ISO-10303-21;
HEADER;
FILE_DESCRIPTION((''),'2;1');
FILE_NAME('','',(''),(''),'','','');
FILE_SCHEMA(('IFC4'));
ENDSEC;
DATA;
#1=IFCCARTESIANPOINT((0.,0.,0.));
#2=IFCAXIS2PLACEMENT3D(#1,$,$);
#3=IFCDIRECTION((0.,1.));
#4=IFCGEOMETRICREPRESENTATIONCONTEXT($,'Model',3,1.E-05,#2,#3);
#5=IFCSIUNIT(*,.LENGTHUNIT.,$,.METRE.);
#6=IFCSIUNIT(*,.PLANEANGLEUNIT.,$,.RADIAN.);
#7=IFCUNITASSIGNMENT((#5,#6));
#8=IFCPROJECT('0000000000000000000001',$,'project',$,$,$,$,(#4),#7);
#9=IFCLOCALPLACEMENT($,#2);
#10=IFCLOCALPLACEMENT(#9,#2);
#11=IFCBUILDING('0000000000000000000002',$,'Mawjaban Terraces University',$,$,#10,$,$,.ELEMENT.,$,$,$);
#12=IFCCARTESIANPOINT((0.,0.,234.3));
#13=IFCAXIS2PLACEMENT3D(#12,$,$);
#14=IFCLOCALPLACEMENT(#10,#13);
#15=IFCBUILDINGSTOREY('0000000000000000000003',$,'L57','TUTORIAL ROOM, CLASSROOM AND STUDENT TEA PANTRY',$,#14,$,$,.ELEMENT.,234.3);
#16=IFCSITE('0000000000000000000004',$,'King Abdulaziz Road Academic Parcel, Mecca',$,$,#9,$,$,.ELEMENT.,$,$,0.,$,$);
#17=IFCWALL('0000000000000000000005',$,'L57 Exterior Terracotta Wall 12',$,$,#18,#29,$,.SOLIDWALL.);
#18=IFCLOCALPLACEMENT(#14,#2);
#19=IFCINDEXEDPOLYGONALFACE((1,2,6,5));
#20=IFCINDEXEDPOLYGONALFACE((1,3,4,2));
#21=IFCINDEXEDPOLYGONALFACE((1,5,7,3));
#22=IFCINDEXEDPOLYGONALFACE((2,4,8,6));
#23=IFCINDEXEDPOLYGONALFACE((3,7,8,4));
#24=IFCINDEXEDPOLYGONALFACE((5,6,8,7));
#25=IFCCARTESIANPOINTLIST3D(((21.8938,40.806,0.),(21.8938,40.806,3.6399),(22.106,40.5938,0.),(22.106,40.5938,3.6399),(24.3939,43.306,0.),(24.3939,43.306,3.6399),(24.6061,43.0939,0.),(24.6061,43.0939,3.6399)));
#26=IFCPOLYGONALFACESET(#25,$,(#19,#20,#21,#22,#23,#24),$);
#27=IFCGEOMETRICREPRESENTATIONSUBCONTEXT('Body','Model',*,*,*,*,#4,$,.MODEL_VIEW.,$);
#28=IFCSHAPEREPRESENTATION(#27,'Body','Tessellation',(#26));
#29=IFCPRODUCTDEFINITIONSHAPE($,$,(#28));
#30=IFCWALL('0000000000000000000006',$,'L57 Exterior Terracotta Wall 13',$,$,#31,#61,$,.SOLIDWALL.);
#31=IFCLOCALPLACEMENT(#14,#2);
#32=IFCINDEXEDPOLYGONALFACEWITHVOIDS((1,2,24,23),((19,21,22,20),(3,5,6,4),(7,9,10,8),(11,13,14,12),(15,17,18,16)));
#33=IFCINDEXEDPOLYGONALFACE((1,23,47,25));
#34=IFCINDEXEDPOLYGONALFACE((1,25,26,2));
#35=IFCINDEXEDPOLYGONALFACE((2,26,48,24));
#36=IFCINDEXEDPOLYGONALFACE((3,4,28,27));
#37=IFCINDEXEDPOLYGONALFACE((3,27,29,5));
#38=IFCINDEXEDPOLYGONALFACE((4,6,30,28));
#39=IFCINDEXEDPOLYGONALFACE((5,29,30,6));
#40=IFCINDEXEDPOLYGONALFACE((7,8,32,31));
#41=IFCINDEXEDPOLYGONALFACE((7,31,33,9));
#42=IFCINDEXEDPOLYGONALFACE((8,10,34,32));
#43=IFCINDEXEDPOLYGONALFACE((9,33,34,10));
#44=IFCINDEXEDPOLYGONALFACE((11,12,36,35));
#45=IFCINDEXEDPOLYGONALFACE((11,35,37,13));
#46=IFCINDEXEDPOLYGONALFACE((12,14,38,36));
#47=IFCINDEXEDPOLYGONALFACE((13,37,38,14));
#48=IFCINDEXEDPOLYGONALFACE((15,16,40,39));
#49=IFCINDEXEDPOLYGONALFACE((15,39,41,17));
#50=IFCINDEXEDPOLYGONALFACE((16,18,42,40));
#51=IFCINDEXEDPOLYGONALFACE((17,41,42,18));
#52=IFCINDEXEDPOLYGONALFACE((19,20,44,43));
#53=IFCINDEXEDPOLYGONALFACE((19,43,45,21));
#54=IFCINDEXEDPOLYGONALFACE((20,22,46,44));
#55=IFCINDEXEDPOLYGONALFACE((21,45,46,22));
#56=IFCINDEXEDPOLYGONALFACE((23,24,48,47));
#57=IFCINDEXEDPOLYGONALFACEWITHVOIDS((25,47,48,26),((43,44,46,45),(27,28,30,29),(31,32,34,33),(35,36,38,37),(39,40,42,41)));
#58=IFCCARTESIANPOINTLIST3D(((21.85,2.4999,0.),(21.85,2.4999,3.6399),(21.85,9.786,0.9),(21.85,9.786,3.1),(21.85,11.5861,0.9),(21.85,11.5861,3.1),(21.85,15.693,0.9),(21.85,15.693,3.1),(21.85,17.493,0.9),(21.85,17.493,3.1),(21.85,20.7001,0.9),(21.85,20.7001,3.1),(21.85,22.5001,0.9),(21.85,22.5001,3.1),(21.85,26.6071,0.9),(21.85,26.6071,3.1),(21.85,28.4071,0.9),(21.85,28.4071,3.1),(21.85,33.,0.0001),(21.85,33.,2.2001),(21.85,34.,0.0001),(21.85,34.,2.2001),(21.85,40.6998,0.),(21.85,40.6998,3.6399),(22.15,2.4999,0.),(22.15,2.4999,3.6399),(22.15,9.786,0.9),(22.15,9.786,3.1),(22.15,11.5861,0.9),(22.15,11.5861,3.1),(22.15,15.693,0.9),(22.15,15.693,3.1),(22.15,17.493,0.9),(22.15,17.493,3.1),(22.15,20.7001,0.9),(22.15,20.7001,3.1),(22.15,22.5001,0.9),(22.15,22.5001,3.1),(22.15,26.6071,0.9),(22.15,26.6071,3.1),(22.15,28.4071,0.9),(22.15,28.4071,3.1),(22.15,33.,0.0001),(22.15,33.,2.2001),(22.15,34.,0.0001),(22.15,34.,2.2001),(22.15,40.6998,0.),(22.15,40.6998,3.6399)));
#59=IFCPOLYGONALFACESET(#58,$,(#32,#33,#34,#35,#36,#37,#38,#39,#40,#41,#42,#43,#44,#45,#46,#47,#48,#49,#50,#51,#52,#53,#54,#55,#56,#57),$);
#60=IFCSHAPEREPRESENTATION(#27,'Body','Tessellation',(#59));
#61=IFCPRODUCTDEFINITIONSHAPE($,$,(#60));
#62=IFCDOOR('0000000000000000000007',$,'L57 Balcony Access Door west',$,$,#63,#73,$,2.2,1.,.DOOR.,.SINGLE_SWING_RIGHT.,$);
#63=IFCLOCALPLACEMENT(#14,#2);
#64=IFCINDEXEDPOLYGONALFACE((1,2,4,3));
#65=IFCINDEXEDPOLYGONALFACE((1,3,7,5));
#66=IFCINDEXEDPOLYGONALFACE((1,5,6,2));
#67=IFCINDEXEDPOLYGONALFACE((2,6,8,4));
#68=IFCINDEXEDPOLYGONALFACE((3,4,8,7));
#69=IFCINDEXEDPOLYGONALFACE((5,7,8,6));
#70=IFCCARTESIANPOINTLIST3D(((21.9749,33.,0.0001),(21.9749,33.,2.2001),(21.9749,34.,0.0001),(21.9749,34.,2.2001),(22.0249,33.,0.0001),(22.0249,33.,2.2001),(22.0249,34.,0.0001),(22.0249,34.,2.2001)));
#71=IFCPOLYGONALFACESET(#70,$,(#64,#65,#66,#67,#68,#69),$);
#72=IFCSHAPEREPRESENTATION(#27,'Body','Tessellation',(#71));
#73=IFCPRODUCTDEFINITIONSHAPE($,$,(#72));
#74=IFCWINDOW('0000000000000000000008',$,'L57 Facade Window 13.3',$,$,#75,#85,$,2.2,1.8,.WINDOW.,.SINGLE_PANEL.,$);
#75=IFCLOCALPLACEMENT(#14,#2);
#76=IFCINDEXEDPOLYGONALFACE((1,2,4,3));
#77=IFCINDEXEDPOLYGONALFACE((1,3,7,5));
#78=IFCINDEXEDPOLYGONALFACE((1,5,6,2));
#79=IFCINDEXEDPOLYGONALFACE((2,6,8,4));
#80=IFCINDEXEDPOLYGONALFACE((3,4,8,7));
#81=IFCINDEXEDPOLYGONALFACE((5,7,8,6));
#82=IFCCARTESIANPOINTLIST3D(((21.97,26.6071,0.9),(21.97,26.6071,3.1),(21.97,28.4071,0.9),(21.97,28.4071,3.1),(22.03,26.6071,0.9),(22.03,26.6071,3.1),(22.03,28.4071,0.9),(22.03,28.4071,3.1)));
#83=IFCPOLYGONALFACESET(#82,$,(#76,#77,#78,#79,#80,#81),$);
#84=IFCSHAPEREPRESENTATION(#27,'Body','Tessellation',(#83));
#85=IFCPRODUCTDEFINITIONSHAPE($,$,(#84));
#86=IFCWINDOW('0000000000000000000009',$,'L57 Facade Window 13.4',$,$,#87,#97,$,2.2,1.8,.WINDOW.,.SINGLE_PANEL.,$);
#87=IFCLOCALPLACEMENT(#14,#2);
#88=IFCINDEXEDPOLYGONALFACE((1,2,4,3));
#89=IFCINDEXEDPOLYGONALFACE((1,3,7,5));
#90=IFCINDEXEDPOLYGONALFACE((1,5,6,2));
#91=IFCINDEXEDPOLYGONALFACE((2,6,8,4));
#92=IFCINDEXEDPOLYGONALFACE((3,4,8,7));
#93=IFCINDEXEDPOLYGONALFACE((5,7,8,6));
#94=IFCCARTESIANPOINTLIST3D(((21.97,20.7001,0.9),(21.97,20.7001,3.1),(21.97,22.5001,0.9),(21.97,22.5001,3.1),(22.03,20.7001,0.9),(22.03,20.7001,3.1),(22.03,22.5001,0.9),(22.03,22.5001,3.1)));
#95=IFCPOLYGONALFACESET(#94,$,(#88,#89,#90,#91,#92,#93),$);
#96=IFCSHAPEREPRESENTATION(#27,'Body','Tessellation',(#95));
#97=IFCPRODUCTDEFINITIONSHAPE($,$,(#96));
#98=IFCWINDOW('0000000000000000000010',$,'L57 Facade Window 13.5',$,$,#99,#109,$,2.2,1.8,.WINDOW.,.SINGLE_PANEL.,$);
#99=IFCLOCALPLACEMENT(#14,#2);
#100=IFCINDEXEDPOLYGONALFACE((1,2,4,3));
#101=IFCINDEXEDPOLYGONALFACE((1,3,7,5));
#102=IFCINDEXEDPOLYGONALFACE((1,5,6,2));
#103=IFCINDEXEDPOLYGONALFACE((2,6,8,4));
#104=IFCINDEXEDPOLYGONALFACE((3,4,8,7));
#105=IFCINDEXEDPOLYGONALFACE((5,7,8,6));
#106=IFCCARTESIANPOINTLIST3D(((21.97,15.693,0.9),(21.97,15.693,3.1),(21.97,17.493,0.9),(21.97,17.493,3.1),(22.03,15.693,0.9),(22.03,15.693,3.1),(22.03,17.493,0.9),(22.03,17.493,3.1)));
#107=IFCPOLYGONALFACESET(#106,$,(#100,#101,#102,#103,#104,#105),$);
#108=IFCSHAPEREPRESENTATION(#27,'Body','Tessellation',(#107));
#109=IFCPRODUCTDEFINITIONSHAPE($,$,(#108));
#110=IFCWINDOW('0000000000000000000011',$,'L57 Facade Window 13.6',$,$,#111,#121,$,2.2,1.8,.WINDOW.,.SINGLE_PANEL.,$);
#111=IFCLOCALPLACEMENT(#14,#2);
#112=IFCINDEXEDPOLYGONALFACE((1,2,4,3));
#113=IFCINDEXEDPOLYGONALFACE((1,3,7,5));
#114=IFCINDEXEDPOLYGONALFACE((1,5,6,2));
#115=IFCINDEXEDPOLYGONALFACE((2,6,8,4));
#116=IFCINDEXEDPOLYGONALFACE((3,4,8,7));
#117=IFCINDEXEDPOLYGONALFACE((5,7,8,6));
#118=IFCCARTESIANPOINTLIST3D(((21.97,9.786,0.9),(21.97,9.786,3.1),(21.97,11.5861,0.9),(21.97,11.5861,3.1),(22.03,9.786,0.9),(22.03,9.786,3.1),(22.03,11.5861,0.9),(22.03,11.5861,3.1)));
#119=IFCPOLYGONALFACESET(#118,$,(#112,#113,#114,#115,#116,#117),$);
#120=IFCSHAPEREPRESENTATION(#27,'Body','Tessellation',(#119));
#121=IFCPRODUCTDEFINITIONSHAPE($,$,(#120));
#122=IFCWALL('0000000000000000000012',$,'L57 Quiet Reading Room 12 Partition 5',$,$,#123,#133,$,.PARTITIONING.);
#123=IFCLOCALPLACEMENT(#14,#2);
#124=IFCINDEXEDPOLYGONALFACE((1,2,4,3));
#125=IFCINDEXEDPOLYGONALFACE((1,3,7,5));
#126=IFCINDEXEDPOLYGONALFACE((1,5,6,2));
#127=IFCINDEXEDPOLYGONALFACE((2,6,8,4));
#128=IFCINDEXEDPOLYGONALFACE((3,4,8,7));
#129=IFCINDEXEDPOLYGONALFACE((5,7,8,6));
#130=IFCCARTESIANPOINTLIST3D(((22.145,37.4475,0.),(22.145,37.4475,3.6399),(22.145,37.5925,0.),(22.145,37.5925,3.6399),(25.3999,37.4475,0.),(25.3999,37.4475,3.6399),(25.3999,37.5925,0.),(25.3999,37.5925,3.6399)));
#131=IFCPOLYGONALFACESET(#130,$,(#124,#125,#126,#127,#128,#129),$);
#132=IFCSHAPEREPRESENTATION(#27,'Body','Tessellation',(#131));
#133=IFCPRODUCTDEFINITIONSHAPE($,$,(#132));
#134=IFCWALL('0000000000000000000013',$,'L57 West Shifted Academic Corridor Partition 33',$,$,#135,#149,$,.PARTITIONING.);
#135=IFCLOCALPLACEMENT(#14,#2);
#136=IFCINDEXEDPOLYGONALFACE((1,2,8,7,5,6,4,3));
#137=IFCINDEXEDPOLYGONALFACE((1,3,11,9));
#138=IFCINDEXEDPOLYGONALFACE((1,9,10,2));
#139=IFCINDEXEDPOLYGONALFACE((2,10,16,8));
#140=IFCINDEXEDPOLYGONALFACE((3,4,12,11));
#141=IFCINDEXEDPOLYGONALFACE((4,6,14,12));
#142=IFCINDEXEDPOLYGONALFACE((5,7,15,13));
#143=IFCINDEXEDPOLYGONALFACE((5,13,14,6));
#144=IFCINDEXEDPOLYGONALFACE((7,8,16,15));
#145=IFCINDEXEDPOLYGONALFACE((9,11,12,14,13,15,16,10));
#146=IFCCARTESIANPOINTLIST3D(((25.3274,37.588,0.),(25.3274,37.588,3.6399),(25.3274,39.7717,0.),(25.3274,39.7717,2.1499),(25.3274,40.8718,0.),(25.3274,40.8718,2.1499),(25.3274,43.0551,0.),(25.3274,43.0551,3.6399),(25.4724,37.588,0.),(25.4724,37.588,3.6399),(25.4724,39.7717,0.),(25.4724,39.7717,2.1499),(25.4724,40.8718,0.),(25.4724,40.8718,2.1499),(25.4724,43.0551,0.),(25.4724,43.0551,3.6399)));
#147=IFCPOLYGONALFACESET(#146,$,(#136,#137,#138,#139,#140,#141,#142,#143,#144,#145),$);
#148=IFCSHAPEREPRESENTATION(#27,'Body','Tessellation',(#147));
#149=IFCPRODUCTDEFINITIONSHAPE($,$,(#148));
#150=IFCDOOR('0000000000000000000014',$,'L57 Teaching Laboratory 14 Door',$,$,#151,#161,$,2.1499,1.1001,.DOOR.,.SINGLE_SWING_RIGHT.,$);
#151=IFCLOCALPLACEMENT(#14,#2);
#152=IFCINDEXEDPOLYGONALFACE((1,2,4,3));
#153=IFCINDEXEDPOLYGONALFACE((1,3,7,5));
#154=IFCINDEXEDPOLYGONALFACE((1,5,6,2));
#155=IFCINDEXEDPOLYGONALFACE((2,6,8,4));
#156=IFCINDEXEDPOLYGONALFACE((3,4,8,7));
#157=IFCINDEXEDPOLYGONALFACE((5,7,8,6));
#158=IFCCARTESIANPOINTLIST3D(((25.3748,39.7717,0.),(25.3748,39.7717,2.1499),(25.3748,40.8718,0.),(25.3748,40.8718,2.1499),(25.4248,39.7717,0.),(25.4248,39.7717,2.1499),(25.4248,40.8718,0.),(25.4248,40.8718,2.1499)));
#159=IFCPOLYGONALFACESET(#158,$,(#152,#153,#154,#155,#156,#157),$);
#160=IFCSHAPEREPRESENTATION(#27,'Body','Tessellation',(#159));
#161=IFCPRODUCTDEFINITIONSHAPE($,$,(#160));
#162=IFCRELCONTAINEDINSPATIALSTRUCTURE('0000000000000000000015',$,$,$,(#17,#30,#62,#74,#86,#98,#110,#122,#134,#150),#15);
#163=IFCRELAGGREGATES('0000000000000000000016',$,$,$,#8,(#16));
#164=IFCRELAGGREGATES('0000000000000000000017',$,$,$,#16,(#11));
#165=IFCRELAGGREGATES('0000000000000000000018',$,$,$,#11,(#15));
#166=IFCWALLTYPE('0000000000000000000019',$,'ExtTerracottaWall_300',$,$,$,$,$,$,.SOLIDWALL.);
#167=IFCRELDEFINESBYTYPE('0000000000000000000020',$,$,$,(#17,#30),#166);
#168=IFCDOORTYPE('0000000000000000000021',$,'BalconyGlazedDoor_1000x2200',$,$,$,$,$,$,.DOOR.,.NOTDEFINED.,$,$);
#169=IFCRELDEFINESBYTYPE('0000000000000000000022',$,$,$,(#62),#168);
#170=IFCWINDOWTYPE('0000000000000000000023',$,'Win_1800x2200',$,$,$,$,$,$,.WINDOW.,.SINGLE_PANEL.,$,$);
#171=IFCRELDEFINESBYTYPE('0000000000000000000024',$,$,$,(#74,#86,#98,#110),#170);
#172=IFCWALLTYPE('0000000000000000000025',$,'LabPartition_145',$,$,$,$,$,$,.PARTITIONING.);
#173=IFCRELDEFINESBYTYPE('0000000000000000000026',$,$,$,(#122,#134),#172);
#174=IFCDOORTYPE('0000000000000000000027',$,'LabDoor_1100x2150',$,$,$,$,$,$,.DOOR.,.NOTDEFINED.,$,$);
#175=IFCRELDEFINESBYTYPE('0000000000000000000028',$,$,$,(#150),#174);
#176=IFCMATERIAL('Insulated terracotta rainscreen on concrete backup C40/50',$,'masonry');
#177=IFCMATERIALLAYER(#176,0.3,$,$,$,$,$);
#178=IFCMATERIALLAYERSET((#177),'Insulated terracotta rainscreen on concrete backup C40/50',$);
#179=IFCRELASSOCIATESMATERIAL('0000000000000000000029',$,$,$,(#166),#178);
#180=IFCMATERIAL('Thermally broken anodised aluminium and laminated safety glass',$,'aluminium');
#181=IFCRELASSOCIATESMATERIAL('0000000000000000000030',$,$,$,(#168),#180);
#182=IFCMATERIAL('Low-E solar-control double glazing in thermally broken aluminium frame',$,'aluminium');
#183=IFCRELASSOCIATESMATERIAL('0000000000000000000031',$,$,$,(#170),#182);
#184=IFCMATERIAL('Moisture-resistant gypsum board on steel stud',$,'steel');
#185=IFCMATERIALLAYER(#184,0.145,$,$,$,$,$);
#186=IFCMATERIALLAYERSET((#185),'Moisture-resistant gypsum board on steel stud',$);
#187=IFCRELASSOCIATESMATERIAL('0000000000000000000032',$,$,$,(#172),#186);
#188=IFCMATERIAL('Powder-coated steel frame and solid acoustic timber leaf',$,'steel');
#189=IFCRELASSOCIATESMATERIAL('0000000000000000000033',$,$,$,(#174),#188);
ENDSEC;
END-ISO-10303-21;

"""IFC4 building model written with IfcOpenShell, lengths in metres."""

from ifc_helpers import new_model, si_unit, direction, frame, frame_2d, origin, place, context, subcontext, project, spatial, rectangle, extrude, material, layer, layer_set, type_object, element, fill, save


model = new_model("IFC4")

# Units and contexts
model_context = context("Model", 3, precision=1e-05, world=origin(), true_north=direction((0.0, 1.0)))
body_context = subcontext(model_context, "Body", "Model", "MODEL_VIEW")
ifc_project = project(units=[si_unit("LENGTHUNIT", "METRE"), si_unit("PLANEANGLEUNIT", "RADIAN")], contexts=[model_context])

# Site, building, storey
site_placement = place(None, origin())
site = spatial("IfcSite", under=ifc_project, at=site_placement, Name="King Abdulaziz Road Academic Parcel, Mecca", CompositionType="ELEMENT", RefElevation=0.0)
building_placement = place(site_placement, origin())
building = spatial("IfcBuilding", under=site, at=building_placement, Name="Mawjaban Terraces University", CompositionType="ELEMENT")
storey_placement = place(building_placement, frame((0.0, 0.0, 234.3)))
storey = spatial("IfcBuildingStorey", under=building, at=storey_placement, Name="L57", Description="TUTORIAL ROOM, CLASSROOM AND STUDENT TEA PANTRY", CompositionType="ELEMENT", Elevation=234.3)

# Shared definitions
ifc_material_1 = material(Name="Powder-coated steel frame and solid acoustic timber leaf", Category="steel")

# Wall
ifc_material_2 = material(Name="Insulated terracotta rainscreen on concrete backup C40/50", Category="masonry")
ifc_layer_1 = layer(ifc_material_2, 0.3)
ifc_layer_set_1 = layer_set([ifc_layer_1], Name="Insulated terracotta rainscreen on concrete backup C40/50")
wall_type_1 = type_object("IfcWallType", Name="ExtTerracottaWall_300", PredefinedType="SOLIDWALL", material=ifc_layer_set_1)
wall_1_placement = place(storey_placement, frame((24.5, 43.2, 0.0), z_axis=(0.0, 0.0, 1.0), x_axis=(-0.707107, -0.707107, 0.0)))
element("IfcWall", 1, at=wall_1_placement, inside=storey, type_object=wall_type_1, Name="L57 Exterior Terracotta Wall 12", PredefinedType="SOLIDWALL", context=body_context, shape_type="SweptSolid", body=[
    extrude(rectangle(XDim=3.5356, YDim=0.3, at=frame_2d((1.7678, 0.0))), origin(), (0.0, 0.0, 1.0), 3.6399),
])

# Wall, openings, door, windows
wall_2_placement = place(storey_placement, frame((22.0, 40.7, 0.0), z_axis=(0.0, 0.0, 1.0), x_axis=(0.0, -1.0, 0.0)))
wall_2 = element("IfcWall", 2, at=wall_2_placement, inside=storey, type_object=wall_type_1, Name="L57 Exterior Terracotta Wall 13", PredefinedType="SOLIDWALL", context=body_context, shape_type="SweptSolid", body=[
    extrude(rectangle(XDim=38.2, YDim=0.3, at=frame_2d((19.1001, 0.0))), origin(), (0.0, 0.0, 1.0), 3.6399),
])
opening_1_placement = place(wall_2_placement, frame((6.7, 0.0, 0.0)))
opening_1 = element("IfcOpeningElement", 3, at=opening_1_placement, cuts=wall_2, PredefinedType="OPENING", context=body_context, shape_type="SweptSolid", body=[
    extrude(rectangle(XDim=1.0, YDim=2.2, at=frame_2d((0.5, 1.1001))), frame((0.0, 0.1599, 0.0), z_axis=(0.0, -1.0, 0.0), x_axis=(1.0, 0.0, 0.0)), (0.0, 0.0, 1.0), 0.3201),
])
opening_2_placement = place(wall_2_placement, frame((12.293, 0.0, 0.8999)))
opening_2 = element("IfcOpeningElement", 4, at=opening_2_placement, cuts=wall_2, PredefinedType="OPENING", context=body_context, shape_type="SweptSolid", body=[
    extrude(rectangle(XDim=1.8, YDim=2.2, at=frame_2d((0.8999, 1.1001))), frame((0.0, 0.1599, 0.0), z_axis=(0.0, -1.0, 0.0), x_axis=(1.0, 0.0, 0.0)), (0.0, 0.0, 1.0), 0.3201),
])
opening_3_placement = place(wall_2_placement, frame((18.2, 0.0, 0.8999)))
opening_3 = element("IfcOpeningElement", 5, at=opening_3_placement, cuts=wall_2, PredefinedType="OPENING", context=body_context, shape_type="SweptSolid", body=[
    extrude(rectangle(XDim=1.8, YDim=2.2, at=frame_2d((0.8999, 1.1001))), frame((0.0, 0.1599, 0.0), z_axis=(0.0, -1.0, 0.0), x_axis=(1.0, 0.0, 0.0)), (0.0, 0.0, 1.0), 0.3201),
])
opening_4_placement = place(wall_2_placement, frame((23.207, 0.0, 0.8999)))
opening_4 = element("IfcOpeningElement", 6, at=opening_4_placement, cuts=wall_2, PredefinedType="OPENING", context=body_context, shape_type="SweptSolid", body=[
    extrude(rectangle(XDim=1.8, YDim=2.2, at=frame_2d((0.8999, 1.1001))), frame((0.0, 0.1599, 0.0), z_axis=(0.0, -1.0, 0.0), x_axis=(1.0, 0.0, 0.0)), (0.0, 0.0, 1.0), 0.3201),
])
opening_5_placement = place(wall_2_placement, frame((29.114, 0.0, 0.8999)))
opening_5 = element("IfcOpeningElement", 7, at=opening_5_placement, cuts=wall_2, PredefinedType="OPENING", context=body_context, shape_type="SweptSolid", body=[
    extrude(rectangle(XDim=1.8, YDim=2.2, at=frame_2d((0.8999, 1.1001))), frame((0.0, 0.1599, 0.0), z_axis=(0.0, -1.0, 0.0), x_axis=(1.0, 0.0, 0.0)), (0.0, 0.0, 1.0), 0.3201),
])
ifc_material_3 = material(Name="Thermally broken anodised aluminium and laminated safety glass", Category="aluminium")
door_type_1 = type_object("IfcDoorType", Name="BalconyGlazedDoor_1000x2200", OperationType="NOTDEFINED", PredefinedType="DOOR", material=ifc_material_3)
door_1_placement = place(opening_1_placement, origin())
door_1 = element("IfcDoor", 8, at=door_1_placement, inside=storey, type_object=door_type_1, Name="L57 Balcony Access Door west", OperationType="SINGLE_SWING_RIGHT", OverallHeight=2.2, OverallWidth=1.0, PredefinedType="DOOR", context=body_context, shape_type="SweptSolid", body=[
    extrude(rectangle(XDim=1.0, YDim=2.2, at=frame_2d((0.5, 1.1001))), frame((0.0, 0.0249, 0.0), z_axis=(0.0, -1.0, 0.0), x_axis=(1.0, 0.0, 0.0)), (0.0, 0.0, 1.0), 0.05),
])
fill(opening_1, door_1)
ifc_material_4 = material(Name="Low-E solar-control double glazing in thermally broken aluminium frame", Category="aluminium")
window_type = type_object("IfcWindowType", Name="Win_1800x2200", PartitioningType="SINGLE_PANEL", PredefinedType="WINDOW", material=ifc_material_4)
window_1_placement = place(opening_2_placement, origin())
window_1 = element("IfcWindow", 9, at=window_1_placement, inside=storey, type_object=window_type, Name="L57 Facade Window 13.3", OverallHeight=2.2, OverallWidth=1.8, PartitioningType="SINGLE_PANEL", PredefinedType="WINDOW", context=body_context, shape_type="SweptSolid", body=[
    extrude(rectangle(XDim=1.8, YDim=2.2, at=frame_2d((0.8999, 1.1001))), frame((0.0, 0.03, 0.0), z_axis=(0.0, -1.0, 0.0), x_axis=(1.0, 0.0, 0.0)), (0.0, 0.0, 1.0), 0.0601),
])
fill(opening_2, window_1)
window_2_placement = place(opening_3_placement, origin())
window_2 = element("IfcWindow", 10, at=window_2_placement, inside=storey, type_object=window_type, Name="L57 Facade Window 13.4", OverallHeight=2.2, OverallWidth=1.8, PartitioningType="SINGLE_PANEL", PredefinedType="WINDOW", context=body_context, shape_type="SweptSolid", body=[
    extrude(rectangle(XDim=1.8, YDim=2.2, at=frame_2d((0.8999, 1.1001))), frame((0.0, 0.03, 0.0), z_axis=(0.0, -1.0, 0.0), x_axis=(1.0, 0.0, 0.0)), (0.0, 0.0, 1.0), 0.0601),
])
fill(opening_3, window_2)
window_3_placement = place(opening_4_placement, origin())
window_3 = element("IfcWindow", 11, at=window_3_placement, inside=storey, type_object=window_type, Name="L57 Facade Window 13.5", OverallHeight=2.2, OverallWidth=1.8, PartitioningType="SINGLE_PANEL", PredefinedType="WINDOW", context=body_context, shape_type="SweptSolid", body=[
    extrude(rectangle(XDim=1.8, YDim=2.2, at=frame_2d((0.8999, 1.1001))), frame((0.0, 0.03, 0.0), z_axis=(0.0, -1.0, 0.0), x_axis=(1.0, 0.0, 0.0)), (0.0, 0.0, 1.0), 0.0601),
])
fill(opening_4, window_3)
window_4_placement = place(opening_5_placement, origin())
window_4 = element("IfcWindow", 12, at=window_4_placement, inside=storey, type_object=window_type, Name="L57 Facade Window 13.6", OverallHeight=2.2, OverallWidth=1.8, PartitioningType="SINGLE_PANEL", PredefinedType="WINDOW", context=body_context, shape_type="SweptSolid", body=[
    extrude(rectangle(XDim=1.8, YDim=2.2, at=frame_2d((0.8999, 1.1001))), frame((0.0, 0.03, 0.0), z_axis=(0.0, -1.0, 0.0), x_axis=(1.0, 0.0, 0.0)), (0.0, 0.0, 1.0), 0.0601),
])
fill(opening_5, window_4)

# Wall
ifc_material_5 = material(Name="Moisture-resistant gypsum board on steel stud", Category="steel")
ifc_layer_2 = layer(ifc_material_5, 0.145)
ifc_layer_set_2 = layer_set([ifc_layer_2], Name="Moisture-resistant gypsum board on steel stud")
wall_type_2 = type_object("IfcWallType", Name="LabPartition_145", PredefinedType="PARTITIONING", material=ifc_layer_set_2)
wall_3_placement = place(storey_placement, frame((25.3999, 37.52, 0.0), z_axis=(0.0, 0.0, 1.0), x_axis=(-1.0, 0.0, 0.0)))
element("IfcWall", 13, at=wall_3_placement, inside=storey, type_object=wall_type_2, Name="L57 Quiet Reading Room 12 Partition 5", PredefinedType="PARTITIONING", context=body_context, shape_type="SweptSolid", body=[
    extrude(rectangle(XDim=3.2549, YDim=0.145, at=frame_2d((1.6274, 0.0))), origin(), (0.0, 0.0, 1.0), 3.6399),
])

# Wall, opening, door
wall_4_placement = place(storey_placement, frame((25.3999, 43.0549, 0.0), z_axis=(0.0, 0.0, 1.0), x_axis=(0.0, -1.0, 0.0)))
wall_4 = element("IfcWall", 14, at=wall_4_placement, inside=storey, type_object=wall_type_2, Name="L57 West Shifted Academic Corridor Partition 33", PredefinedType="PARTITIONING", context=body_context, shape_type="SweptSolid", body=[
    extrude(rectangle(XDim=5.467, YDim=0.145, at=frame_2d((2.7334, 0.0))), origin(), (0.0, 0.0, 1.0), 3.6399),
])
opening_6_placement = place(wall_4_placement, frame((2.1831, 0.0, 0.0)))
opening_6 = element("IfcOpeningElement", 15, at=opening_6_placement, cuts=wall_4, PredefinedType="OPENING", context=body_context, shape_type="SweptSolid", body=[
    extrude(rectangle(XDim=1.1001, YDim=2.1499, at=frame_2d((0.55, 1.075))), frame((0.0, 0.0825, 0.0), z_axis=(0.0, -1.0, 0.0), x_axis=(1.0, 0.0, 0.0)), (0.0, 0.0, 1.0), 0.165),
])
door_type_2 = type_object("IfcDoorType", Name="LabDoor_1100x2150", OperationType="NOTDEFINED", PredefinedType="DOOR", material=ifc_material_1)
door_2_placement = place(opening_6_placement, origin())
door_2 = element("IfcDoor", 16, at=door_2_placement, inside=storey, type_object=door_type_2, Name="L57 Teaching Laboratory 14 Door", OperationType="SINGLE_SWING_RIGHT", OverallHeight=2.1499, OverallWidth=1.1001, PredefinedType="DOOR", context=body_context, shape_type="SweptSolid", body=[
    extrude(rectangle(XDim=1.1001, YDim=2.1499, at=frame_2d((0.55, 1.075))), frame((0.0, 0.0249, 0.0), z_axis=(0.0, -1.0, 0.0), x_axis=(1.0, 0.0, 0.0)), (0.0, 0.0, 1.0), 0.05),
])
fill(opening_6, door_2)

save(model, "model.ifc")
